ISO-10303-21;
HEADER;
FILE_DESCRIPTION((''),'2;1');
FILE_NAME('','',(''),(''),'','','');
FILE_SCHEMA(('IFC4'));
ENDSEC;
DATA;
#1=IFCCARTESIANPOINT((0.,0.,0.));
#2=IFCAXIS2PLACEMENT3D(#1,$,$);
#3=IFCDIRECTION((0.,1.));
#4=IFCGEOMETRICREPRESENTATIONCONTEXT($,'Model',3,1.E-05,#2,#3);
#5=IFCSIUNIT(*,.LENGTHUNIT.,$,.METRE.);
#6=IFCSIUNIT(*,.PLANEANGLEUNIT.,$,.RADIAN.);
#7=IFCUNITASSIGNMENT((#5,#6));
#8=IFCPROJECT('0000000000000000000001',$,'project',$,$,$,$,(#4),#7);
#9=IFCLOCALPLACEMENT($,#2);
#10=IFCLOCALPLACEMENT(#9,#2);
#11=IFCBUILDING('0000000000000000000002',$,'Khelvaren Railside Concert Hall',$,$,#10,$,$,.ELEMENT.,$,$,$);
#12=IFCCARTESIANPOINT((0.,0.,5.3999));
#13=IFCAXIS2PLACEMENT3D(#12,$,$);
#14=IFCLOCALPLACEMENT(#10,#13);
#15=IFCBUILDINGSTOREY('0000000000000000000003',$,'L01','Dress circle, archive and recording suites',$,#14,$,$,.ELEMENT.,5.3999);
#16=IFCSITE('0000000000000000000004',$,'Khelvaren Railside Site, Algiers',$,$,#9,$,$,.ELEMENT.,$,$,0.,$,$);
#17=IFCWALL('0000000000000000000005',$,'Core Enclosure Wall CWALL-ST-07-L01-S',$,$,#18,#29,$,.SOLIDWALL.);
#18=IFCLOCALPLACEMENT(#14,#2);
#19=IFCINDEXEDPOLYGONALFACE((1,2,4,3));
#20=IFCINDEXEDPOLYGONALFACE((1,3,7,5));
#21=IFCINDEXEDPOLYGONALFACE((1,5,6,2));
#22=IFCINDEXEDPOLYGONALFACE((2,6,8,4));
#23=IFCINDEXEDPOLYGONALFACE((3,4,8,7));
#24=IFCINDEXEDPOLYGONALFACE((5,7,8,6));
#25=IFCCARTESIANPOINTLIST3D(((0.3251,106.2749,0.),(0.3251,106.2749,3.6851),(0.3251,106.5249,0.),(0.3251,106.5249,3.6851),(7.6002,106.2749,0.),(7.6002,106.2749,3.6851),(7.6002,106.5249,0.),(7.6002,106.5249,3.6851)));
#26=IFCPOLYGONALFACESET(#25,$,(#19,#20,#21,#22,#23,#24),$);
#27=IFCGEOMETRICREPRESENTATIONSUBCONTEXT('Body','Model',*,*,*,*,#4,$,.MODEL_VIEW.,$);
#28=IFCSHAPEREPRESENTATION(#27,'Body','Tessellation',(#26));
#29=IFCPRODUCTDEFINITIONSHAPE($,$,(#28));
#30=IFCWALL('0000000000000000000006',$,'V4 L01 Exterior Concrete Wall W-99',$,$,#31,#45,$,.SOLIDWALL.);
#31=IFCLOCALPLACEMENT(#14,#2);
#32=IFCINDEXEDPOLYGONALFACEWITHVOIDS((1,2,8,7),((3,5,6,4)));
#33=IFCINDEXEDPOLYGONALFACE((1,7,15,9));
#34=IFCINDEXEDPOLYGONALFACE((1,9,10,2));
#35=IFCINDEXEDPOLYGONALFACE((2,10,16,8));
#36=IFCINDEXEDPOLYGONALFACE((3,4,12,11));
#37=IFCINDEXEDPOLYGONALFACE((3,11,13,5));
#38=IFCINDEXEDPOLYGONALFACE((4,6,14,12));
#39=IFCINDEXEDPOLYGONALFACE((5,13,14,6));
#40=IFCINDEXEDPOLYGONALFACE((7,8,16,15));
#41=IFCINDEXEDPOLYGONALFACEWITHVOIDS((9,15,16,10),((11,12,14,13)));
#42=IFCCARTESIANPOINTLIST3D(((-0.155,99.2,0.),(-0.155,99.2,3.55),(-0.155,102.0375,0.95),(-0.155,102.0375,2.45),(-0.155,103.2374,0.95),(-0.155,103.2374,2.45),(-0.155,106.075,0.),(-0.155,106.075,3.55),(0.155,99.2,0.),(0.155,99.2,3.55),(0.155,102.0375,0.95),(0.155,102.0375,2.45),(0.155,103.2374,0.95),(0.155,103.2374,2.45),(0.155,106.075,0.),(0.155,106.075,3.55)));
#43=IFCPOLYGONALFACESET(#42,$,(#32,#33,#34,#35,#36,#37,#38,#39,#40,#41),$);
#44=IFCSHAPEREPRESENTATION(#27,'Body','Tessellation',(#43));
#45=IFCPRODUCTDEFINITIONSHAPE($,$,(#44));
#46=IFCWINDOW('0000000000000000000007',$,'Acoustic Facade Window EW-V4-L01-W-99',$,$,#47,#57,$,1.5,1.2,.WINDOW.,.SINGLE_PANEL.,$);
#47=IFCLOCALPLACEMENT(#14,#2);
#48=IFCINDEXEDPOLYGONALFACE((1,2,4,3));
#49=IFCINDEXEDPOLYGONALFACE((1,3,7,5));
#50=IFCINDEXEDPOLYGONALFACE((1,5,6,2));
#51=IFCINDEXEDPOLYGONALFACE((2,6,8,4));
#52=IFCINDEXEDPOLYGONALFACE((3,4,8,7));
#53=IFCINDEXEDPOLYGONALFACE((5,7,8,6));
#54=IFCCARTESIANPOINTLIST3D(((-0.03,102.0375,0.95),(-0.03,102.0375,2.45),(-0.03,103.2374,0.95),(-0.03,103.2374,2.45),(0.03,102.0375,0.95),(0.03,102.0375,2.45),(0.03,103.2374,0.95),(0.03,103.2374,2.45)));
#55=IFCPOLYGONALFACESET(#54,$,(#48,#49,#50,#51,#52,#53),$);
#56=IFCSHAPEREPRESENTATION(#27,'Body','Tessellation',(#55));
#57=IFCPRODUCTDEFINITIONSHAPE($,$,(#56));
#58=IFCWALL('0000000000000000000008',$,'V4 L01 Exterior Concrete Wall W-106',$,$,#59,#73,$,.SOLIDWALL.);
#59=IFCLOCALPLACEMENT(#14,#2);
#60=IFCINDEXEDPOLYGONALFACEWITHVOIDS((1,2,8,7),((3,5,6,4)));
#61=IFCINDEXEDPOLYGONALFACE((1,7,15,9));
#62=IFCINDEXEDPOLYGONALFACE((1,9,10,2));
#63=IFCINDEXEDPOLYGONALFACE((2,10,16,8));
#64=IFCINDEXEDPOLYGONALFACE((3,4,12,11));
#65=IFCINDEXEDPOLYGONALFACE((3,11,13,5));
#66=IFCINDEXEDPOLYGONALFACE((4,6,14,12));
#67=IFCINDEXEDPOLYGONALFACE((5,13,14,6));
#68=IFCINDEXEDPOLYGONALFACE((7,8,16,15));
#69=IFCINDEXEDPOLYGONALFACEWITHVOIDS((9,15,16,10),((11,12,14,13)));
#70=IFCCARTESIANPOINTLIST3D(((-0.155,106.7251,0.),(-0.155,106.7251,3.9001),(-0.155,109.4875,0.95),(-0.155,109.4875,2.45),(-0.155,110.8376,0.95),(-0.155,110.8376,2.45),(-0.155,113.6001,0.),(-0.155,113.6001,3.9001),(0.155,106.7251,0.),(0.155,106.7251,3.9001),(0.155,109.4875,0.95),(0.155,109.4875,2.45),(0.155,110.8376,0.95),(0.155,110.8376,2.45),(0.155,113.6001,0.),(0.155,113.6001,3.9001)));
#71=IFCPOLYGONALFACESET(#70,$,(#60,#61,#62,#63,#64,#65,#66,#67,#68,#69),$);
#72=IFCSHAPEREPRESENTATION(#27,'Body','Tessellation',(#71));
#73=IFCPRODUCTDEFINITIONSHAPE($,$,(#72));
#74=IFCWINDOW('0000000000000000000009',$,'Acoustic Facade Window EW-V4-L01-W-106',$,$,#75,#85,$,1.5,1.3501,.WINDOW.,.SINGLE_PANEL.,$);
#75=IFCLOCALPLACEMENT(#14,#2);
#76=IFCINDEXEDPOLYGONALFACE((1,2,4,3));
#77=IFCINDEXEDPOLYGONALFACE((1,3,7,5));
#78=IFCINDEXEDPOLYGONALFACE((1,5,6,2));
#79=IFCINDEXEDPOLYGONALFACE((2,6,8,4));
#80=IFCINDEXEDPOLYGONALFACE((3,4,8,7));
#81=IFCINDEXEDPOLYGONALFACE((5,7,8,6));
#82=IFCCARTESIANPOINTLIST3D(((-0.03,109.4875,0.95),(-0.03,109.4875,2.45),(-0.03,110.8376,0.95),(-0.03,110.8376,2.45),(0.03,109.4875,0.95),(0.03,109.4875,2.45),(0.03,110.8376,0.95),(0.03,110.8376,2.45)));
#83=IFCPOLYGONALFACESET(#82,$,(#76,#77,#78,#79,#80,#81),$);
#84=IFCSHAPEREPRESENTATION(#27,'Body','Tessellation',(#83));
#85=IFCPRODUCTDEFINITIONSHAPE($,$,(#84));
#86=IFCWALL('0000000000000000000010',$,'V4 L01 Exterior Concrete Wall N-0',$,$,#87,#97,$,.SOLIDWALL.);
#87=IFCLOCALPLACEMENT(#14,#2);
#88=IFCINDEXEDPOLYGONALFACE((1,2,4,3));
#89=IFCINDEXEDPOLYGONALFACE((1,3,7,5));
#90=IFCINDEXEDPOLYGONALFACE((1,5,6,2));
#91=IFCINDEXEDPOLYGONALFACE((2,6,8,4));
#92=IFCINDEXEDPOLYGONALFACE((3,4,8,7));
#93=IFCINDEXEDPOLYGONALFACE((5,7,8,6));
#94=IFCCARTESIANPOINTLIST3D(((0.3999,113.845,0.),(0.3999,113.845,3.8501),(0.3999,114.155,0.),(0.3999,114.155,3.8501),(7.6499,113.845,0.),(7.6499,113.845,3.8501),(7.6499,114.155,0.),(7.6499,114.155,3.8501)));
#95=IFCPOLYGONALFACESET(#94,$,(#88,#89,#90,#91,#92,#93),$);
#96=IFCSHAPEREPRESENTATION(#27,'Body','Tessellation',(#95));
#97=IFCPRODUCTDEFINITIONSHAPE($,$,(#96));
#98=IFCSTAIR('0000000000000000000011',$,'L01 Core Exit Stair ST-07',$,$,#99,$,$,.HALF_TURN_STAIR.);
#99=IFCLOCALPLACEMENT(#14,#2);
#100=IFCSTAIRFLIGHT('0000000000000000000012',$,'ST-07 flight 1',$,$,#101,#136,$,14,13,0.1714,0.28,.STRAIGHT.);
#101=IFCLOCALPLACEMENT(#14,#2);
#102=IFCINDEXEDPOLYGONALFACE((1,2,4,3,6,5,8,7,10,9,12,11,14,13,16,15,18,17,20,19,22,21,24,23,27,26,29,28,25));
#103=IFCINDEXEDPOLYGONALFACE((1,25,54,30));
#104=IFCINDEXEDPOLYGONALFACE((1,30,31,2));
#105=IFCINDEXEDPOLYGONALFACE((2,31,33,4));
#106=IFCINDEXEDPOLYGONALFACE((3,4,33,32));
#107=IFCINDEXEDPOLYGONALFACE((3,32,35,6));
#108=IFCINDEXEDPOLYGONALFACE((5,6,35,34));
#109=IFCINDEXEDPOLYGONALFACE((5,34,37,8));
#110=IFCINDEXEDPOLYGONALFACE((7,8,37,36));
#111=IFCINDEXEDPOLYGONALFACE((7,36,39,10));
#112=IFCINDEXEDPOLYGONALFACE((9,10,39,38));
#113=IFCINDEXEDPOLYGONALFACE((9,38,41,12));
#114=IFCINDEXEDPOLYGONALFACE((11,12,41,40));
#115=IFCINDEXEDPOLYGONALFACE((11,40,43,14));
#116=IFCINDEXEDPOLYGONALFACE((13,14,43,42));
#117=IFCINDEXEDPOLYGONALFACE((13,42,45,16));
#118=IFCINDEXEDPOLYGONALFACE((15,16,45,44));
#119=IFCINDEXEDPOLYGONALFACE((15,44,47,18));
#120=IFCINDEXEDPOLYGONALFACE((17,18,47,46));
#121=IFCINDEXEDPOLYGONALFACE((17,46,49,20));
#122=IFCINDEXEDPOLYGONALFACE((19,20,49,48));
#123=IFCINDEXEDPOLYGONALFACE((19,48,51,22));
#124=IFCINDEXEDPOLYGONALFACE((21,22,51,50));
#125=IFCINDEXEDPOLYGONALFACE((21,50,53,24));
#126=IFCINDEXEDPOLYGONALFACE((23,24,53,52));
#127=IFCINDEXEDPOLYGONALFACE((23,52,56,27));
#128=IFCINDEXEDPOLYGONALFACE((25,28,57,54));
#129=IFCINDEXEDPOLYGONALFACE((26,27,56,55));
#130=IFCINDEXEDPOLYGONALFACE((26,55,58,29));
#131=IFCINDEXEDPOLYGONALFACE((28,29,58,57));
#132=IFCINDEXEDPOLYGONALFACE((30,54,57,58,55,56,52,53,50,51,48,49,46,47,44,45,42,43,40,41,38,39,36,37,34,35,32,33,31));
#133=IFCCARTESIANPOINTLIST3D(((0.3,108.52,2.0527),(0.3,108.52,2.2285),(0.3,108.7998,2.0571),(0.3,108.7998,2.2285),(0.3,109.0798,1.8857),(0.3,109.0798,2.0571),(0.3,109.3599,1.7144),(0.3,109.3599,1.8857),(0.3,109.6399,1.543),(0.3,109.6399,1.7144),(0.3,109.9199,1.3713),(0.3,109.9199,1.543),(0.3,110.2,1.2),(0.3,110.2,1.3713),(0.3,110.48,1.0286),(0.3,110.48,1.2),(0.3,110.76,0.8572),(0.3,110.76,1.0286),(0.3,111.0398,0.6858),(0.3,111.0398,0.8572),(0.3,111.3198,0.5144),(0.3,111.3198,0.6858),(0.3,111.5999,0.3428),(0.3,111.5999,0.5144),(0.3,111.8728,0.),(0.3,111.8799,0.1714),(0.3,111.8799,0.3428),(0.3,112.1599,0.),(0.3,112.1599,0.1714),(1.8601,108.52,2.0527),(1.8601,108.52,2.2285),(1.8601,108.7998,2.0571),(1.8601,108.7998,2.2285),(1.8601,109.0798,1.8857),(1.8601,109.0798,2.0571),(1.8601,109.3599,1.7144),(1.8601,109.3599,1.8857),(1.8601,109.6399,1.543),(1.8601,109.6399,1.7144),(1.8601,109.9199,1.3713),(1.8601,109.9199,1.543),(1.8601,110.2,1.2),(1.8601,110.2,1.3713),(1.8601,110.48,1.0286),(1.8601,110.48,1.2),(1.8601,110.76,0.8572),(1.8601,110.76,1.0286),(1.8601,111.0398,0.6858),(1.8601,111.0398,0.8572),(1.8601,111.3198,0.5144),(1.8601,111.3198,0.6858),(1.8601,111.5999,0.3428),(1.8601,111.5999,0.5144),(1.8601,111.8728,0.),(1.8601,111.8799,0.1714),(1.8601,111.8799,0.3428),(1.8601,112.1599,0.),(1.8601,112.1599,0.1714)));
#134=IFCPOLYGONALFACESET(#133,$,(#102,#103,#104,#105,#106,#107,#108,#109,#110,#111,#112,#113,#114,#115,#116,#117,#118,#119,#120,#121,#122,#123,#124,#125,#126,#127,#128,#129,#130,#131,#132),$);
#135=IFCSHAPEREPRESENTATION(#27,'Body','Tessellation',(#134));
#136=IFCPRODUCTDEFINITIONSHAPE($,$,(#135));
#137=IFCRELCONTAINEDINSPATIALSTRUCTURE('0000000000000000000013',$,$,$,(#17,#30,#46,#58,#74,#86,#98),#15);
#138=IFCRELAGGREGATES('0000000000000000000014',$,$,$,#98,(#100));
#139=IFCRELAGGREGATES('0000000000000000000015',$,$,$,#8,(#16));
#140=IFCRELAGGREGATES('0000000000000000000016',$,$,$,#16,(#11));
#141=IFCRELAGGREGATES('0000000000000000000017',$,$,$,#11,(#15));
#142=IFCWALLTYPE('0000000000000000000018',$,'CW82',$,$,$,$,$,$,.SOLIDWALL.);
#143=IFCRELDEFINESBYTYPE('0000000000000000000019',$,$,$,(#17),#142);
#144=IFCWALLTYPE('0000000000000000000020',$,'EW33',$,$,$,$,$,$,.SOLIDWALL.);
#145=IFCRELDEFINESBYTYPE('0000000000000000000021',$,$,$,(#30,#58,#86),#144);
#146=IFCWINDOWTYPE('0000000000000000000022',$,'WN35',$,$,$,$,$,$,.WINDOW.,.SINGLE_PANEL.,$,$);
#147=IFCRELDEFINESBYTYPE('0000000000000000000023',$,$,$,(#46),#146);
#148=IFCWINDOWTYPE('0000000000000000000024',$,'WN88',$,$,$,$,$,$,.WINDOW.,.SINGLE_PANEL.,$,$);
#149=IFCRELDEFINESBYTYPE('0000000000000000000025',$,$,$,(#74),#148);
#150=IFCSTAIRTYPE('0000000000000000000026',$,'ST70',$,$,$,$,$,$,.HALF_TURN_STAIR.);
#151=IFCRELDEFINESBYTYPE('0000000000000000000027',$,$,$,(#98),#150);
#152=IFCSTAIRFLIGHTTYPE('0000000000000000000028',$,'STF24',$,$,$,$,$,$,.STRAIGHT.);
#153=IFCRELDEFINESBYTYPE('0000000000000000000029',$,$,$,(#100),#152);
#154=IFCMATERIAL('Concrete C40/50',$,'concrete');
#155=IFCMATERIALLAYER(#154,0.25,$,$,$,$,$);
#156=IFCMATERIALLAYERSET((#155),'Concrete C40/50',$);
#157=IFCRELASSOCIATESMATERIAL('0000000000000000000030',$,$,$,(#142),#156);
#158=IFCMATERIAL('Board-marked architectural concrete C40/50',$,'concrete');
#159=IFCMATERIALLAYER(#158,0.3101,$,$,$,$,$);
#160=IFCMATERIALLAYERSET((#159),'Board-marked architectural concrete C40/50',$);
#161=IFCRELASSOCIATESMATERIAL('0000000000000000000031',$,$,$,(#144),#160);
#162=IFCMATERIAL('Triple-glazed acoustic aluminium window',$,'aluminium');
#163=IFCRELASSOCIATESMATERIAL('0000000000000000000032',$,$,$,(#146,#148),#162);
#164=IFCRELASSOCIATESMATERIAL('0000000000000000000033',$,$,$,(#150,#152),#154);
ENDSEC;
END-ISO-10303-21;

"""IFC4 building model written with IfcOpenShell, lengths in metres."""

from ifc_helpers import new_model, si_unit, direction, frame, frame_2d, origin, place, context, subcontext, project, spatial, polyline, rectangle, outline, extrude, material, layer, layer_set, type_object, element, fill, aggregate, save


model = new_model("IFC4")

# Units and contexts
model_context = context("Model", 3, precision=1e-05, world=origin(), true_north=direction((0.0, 1.0)))
body_context = subcontext(model_context, "Body", "Model", "MODEL_VIEW")
ifc_project = project(units=[si_unit("LENGTHUNIT", "METRE"), si_unit("PLANEANGLEUNIT", "RADIAN")], contexts=[model_context])

# Site, building, storey
site_placement = place(None, origin())
site = spatial("IfcSite", under=ifc_project, at=site_placement, Name="Khelvaren Railside Site, Algiers", CompositionType="ELEMENT", RefElevation=0.0)
building_placement = place(site_placement, origin())
building = spatial("IfcBuilding", under=site, at=building_placement, Name="Khelvaren Railside Concert Hall", CompositionType="ELEMENT")
storey_placement = place(building_placement, frame((0.0, 0.0, 5.3999)))
storey = spatial("IfcBuildingStorey", under=building, at=storey_placement, Name="L01", Description="Dress circle, archive and recording suites", CompositionType="ELEMENT", Elevation=5.3999)

# Shared definitions
ifc_material_1 = material(Name="Concrete C40/50", Category="concrete")

# Wall
ifc_layer_1 = layer(ifc_material_1, 0.25)
ifc_layer_set_1 = layer_set([ifc_layer_1], Name="Concrete C40/50")
wall_type_1 = type_object("IfcWallType", Name="CW82", PredefinedType="SOLIDWALL", material=ifc_layer_set_1)
wall_1_placement = place(storey_placement, frame((0.325, 106.3999, 0.0), z_axis=(0.0, 0.0, 1.0), x_axis=(1.0, 0.0, 0.0)))
element("IfcWall", 1, at=wall_1_placement, inside=storey, type_object=wall_type_1, Name="Core Enclosure Wall CWALL-ST-07-L01-S", PredefinedType="SOLIDWALL", context=body_context, shape_type="SweptSolid", body=[
    extrude(rectangle(XDim=7.2751, YDim=0.25, at=frame_2d((3.6377, 0.0))), origin(), (0.0, 0.0, 1.0), 3.6851),
])

# Walls, openings, windows
ifc_material_2 = material(Name="Board-marked architectural concrete C40/50", Category="concrete")
ifc_layer_2 = layer(ifc_material_2, 0.3101)
ifc_layer_set_2 = layer_set([ifc_layer_2], Name="Board-marked architectural concrete C40/50")
wall_type_2 = type_object("IfcWallType", Name="EW33", PredefinedType="SOLIDWALL", material=ifc_layer_set_2)
wall_2_placement = place(storey_placement, frame((0.0, 99.2, 0.0), z_axis=(0.0, 0.0, 1.0), x_axis=(0.0, 1.0, 0.0)))
wall_2 = element("IfcWall", 2, at=wall_2_placement, inside=storey, type_object=wall_type_2, Name="V4 L01 Exterior Concrete Wall W-99", PredefinedType="SOLIDWALL", context=body_context, shape_type="SweptSolid", body=[
    extrude(rectangle(XDim=6.875, YDim=0.3101, at=frame_2d((3.4375, 0.0))), origin(), (0.0, 0.0, 1.0), 3.55),
])
opening_1_placement = place(wall_2_placement, frame((2.8374, 0.0, 0.95)))
opening_1 = element("IfcOpeningElement", 3, at=opening_1_placement, cuts=wall_2, PredefinedType="OPENING", context=body_context, shape_type="SweptSolid", body=[
    extrude(rectangle(XDim=1.2, YDim=1.5, at=frame_2d((0.6001, 0.75))), frame((0.0, 0.165, 0.0), z_axis=(0.0, -1.0, 0.0), x_axis=(1.0, 0.0, 0.0)), (0.0, 0.0, 1.0), 0.3301),
])
ifc_material_3 = material(Name="Triple-glazed acoustic aluminium window", Category="aluminium")
window_type_1 = type_object("IfcWindowType", Name="WN35", PartitioningType="SINGLE_PANEL", PredefinedType="WINDOW", material=ifc_material_3)
window_1_placement = place(opening_1_placement, origin())
window_1 = element("IfcWindow", 4, at=window_1_placement, inside=storey, type_object=window_type_1, Name="Acoustic Facade Window EW-V4-L01-W-99", OverallHeight=1.5, OverallWidth=1.2, PartitioningType="SINGLE_PANEL", PredefinedType="WINDOW", context=body_context, shape_type="SweptSolid", body=[
    extrude(rectangle(XDim=1.2, YDim=1.5, at=frame_2d((0.6001, 0.75))), frame((0.0, 0.03, 0.0), z_axis=(0.0, -1.0, 0.0), x_axis=(1.0, 0.0, 0.0)), (0.0, 0.0, 1.0), 0.0601),
])
fill(opening_1, window_1)
wall_3_placement = place(storey_placement, frame((0.0, 106.7251, 0.0), z_axis=(0.0, 0.0, 1.0), x_axis=(0.0, 1.0, 0.0)))
wall_3 = element("IfcWall", 5, at=wall_3_placement, inside=storey, type_object=wall_type_2, Name="V4 L01 Exterior Concrete Wall W-106", PredefinedType="SOLIDWALL", context=body_context, shape_type="SweptSolid", body=[
    extrude(rectangle(XDim=6.875, YDim=0.3101, at=frame_2d((3.4375, 0.0))), origin(), (0.0, 0.0, 1.0), 3.9001),
])
opening_2_placement = place(wall_3_placement, frame((2.7625, 0.0, 0.95)))
opening_2 = element("IfcOpeningElement", 6, at=opening_2_placement, cuts=wall_3, PredefinedType="OPENING", context=body_context, shape_type="SweptSolid", body=[
    extrude(rectangle(XDim=1.3501, YDim=1.5, at=frame_2d((0.675, 0.75))), frame((0.0, 0.165, 0.0), z_axis=(0.0, -1.0, 0.0), x_axis=(1.0, 0.0, 0.0)), (0.0, 0.0, 1.0), 0.3301),
])
window_type_2 = type_object("IfcWindowType", Name="WN88", PartitioningType="SINGLE_PANEL", PredefinedType="WINDOW", material=ifc_material_3)
window_2_placement = place(opening_2_placement, origin())
window_2 = element("IfcWindow", 7, at=window_2_placement, inside=storey, type_object=window_type_2, Name="Acoustic Facade Window EW-V4-L01-W-106", OverallHeight=1.5, OverallWidth=1.3501, PartitioningType="SINGLE_PANEL", PredefinedType="WINDOW", context=body_context, shape_type="SweptSolid", body=[
    extrude(rectangle(XDim=1.3501, YDim=1.5, at=frame_2d((0.675, 0.75))), frame((0.0, 0.03, 0.0), z_axis=(0.0, -1.0, 0.0), x_axis=(1.0, 0.0, 0.0)), (0.0, 0.0, 1.0), 0.0601),
])
fill(opening_2, window_2)

# Wall
wall_4_placement = place(storey_placement, frame((0.3999, 114.0, 0.0), z_axis=(0.0, 0.0, 1.0), x_axis=(1.0, 0.0, 0.0)))
element("IfcWall", 8, at=wall_4_placement, inside=storey, type_object=wall_type_2, Name="V4 L01 Exterior Concrete Wall N-0", PredefinedType="SOLIDWALL", context=body_context, shape_type="SweptSolid", body=[
    extrude(rectangle(XDim=7.25, YDim=0.3101, at=frame_2d((3.625, 0.0))), origin(), (0.0, 0.0, 1.0), 3.8501),
])

# Stair, stair flight
stair_type = type_object("IfcStairType", Name="ST70", PredefinedType="HALF_TURN_STAIR", material=ifc_material_1)
stair_placement = place(storey_placement, origin())
stair = element("IfcStair", 9, at=stair_placement, inside=storey, type_object=stair_type, Name="L01 Core Exit Stair ST-07", PredefinedType="HALF_TURN_STAIR")
stair_flight_type = type_object("IfcStairFlightType", Name="STF24", PredefinedType="STRAIGHT", material=ifc_material_1)
stair_flight_placement = place(storey_placement, frame((1.0801, 112.1599, 0.0), z_axis=(0.0, 0.0, 1.0), x_axis=(0.0, -1.0, 0.0)))
stair_flight = element("IfcStairFlight", 10, at=stair_flight_placement, type_object=stair_flight_type, Name="ST-07 flight 1", NumberOfRisers=14, NumberOfTreads=13, PredefinedType="STRAIGHT", RiserHeight=0.1714, TreadLength=0.28, context=body_context, shape_type="SweptSolid", body=[
    extrude(outline(polyline([(0.0, 0.0), (0.0, 0.1714), (0.28, 0.1714), (0.28, 0.3428), (0.5601, 0.3428), (0.5601, 0.5144), (0.8401, 0.5144), (0.8401, 0.6858), (1.1201, 0.6858), (1.1201, 0.8572), (1.3999, 0.8572), (1.3999, 1.0286), (1.6799, 1.0286), (1.6799, 1.2), (1.96, 1.2), (1.96, 1.3713), (2.24, 1.3713), (2.24, 1.543), (2.52, 1.543), (2.52, 1.7144), (2.8, 1.7144), (2.8, 1.8857), (3.0801, 1.8857), (3.0801, 2.0571), (3.3601, 2.0571), (3.3601, 2.2285), (3.6399, 2.2285), (3.6399, 2.3999), (3.6399, 2.0527), (0.2871, 0.0), (0.0, 0.0)])), frame((0.0, 0.78, 0.0), z_axis=(0.0, -1.0, 0.0), x_axis=(1.0, 0.0, 0.0)), (0.0, 0.0, 1.0), 1.5601),
])
aggregate(stair, [stair_flight])

save(model, "model.ifc")
